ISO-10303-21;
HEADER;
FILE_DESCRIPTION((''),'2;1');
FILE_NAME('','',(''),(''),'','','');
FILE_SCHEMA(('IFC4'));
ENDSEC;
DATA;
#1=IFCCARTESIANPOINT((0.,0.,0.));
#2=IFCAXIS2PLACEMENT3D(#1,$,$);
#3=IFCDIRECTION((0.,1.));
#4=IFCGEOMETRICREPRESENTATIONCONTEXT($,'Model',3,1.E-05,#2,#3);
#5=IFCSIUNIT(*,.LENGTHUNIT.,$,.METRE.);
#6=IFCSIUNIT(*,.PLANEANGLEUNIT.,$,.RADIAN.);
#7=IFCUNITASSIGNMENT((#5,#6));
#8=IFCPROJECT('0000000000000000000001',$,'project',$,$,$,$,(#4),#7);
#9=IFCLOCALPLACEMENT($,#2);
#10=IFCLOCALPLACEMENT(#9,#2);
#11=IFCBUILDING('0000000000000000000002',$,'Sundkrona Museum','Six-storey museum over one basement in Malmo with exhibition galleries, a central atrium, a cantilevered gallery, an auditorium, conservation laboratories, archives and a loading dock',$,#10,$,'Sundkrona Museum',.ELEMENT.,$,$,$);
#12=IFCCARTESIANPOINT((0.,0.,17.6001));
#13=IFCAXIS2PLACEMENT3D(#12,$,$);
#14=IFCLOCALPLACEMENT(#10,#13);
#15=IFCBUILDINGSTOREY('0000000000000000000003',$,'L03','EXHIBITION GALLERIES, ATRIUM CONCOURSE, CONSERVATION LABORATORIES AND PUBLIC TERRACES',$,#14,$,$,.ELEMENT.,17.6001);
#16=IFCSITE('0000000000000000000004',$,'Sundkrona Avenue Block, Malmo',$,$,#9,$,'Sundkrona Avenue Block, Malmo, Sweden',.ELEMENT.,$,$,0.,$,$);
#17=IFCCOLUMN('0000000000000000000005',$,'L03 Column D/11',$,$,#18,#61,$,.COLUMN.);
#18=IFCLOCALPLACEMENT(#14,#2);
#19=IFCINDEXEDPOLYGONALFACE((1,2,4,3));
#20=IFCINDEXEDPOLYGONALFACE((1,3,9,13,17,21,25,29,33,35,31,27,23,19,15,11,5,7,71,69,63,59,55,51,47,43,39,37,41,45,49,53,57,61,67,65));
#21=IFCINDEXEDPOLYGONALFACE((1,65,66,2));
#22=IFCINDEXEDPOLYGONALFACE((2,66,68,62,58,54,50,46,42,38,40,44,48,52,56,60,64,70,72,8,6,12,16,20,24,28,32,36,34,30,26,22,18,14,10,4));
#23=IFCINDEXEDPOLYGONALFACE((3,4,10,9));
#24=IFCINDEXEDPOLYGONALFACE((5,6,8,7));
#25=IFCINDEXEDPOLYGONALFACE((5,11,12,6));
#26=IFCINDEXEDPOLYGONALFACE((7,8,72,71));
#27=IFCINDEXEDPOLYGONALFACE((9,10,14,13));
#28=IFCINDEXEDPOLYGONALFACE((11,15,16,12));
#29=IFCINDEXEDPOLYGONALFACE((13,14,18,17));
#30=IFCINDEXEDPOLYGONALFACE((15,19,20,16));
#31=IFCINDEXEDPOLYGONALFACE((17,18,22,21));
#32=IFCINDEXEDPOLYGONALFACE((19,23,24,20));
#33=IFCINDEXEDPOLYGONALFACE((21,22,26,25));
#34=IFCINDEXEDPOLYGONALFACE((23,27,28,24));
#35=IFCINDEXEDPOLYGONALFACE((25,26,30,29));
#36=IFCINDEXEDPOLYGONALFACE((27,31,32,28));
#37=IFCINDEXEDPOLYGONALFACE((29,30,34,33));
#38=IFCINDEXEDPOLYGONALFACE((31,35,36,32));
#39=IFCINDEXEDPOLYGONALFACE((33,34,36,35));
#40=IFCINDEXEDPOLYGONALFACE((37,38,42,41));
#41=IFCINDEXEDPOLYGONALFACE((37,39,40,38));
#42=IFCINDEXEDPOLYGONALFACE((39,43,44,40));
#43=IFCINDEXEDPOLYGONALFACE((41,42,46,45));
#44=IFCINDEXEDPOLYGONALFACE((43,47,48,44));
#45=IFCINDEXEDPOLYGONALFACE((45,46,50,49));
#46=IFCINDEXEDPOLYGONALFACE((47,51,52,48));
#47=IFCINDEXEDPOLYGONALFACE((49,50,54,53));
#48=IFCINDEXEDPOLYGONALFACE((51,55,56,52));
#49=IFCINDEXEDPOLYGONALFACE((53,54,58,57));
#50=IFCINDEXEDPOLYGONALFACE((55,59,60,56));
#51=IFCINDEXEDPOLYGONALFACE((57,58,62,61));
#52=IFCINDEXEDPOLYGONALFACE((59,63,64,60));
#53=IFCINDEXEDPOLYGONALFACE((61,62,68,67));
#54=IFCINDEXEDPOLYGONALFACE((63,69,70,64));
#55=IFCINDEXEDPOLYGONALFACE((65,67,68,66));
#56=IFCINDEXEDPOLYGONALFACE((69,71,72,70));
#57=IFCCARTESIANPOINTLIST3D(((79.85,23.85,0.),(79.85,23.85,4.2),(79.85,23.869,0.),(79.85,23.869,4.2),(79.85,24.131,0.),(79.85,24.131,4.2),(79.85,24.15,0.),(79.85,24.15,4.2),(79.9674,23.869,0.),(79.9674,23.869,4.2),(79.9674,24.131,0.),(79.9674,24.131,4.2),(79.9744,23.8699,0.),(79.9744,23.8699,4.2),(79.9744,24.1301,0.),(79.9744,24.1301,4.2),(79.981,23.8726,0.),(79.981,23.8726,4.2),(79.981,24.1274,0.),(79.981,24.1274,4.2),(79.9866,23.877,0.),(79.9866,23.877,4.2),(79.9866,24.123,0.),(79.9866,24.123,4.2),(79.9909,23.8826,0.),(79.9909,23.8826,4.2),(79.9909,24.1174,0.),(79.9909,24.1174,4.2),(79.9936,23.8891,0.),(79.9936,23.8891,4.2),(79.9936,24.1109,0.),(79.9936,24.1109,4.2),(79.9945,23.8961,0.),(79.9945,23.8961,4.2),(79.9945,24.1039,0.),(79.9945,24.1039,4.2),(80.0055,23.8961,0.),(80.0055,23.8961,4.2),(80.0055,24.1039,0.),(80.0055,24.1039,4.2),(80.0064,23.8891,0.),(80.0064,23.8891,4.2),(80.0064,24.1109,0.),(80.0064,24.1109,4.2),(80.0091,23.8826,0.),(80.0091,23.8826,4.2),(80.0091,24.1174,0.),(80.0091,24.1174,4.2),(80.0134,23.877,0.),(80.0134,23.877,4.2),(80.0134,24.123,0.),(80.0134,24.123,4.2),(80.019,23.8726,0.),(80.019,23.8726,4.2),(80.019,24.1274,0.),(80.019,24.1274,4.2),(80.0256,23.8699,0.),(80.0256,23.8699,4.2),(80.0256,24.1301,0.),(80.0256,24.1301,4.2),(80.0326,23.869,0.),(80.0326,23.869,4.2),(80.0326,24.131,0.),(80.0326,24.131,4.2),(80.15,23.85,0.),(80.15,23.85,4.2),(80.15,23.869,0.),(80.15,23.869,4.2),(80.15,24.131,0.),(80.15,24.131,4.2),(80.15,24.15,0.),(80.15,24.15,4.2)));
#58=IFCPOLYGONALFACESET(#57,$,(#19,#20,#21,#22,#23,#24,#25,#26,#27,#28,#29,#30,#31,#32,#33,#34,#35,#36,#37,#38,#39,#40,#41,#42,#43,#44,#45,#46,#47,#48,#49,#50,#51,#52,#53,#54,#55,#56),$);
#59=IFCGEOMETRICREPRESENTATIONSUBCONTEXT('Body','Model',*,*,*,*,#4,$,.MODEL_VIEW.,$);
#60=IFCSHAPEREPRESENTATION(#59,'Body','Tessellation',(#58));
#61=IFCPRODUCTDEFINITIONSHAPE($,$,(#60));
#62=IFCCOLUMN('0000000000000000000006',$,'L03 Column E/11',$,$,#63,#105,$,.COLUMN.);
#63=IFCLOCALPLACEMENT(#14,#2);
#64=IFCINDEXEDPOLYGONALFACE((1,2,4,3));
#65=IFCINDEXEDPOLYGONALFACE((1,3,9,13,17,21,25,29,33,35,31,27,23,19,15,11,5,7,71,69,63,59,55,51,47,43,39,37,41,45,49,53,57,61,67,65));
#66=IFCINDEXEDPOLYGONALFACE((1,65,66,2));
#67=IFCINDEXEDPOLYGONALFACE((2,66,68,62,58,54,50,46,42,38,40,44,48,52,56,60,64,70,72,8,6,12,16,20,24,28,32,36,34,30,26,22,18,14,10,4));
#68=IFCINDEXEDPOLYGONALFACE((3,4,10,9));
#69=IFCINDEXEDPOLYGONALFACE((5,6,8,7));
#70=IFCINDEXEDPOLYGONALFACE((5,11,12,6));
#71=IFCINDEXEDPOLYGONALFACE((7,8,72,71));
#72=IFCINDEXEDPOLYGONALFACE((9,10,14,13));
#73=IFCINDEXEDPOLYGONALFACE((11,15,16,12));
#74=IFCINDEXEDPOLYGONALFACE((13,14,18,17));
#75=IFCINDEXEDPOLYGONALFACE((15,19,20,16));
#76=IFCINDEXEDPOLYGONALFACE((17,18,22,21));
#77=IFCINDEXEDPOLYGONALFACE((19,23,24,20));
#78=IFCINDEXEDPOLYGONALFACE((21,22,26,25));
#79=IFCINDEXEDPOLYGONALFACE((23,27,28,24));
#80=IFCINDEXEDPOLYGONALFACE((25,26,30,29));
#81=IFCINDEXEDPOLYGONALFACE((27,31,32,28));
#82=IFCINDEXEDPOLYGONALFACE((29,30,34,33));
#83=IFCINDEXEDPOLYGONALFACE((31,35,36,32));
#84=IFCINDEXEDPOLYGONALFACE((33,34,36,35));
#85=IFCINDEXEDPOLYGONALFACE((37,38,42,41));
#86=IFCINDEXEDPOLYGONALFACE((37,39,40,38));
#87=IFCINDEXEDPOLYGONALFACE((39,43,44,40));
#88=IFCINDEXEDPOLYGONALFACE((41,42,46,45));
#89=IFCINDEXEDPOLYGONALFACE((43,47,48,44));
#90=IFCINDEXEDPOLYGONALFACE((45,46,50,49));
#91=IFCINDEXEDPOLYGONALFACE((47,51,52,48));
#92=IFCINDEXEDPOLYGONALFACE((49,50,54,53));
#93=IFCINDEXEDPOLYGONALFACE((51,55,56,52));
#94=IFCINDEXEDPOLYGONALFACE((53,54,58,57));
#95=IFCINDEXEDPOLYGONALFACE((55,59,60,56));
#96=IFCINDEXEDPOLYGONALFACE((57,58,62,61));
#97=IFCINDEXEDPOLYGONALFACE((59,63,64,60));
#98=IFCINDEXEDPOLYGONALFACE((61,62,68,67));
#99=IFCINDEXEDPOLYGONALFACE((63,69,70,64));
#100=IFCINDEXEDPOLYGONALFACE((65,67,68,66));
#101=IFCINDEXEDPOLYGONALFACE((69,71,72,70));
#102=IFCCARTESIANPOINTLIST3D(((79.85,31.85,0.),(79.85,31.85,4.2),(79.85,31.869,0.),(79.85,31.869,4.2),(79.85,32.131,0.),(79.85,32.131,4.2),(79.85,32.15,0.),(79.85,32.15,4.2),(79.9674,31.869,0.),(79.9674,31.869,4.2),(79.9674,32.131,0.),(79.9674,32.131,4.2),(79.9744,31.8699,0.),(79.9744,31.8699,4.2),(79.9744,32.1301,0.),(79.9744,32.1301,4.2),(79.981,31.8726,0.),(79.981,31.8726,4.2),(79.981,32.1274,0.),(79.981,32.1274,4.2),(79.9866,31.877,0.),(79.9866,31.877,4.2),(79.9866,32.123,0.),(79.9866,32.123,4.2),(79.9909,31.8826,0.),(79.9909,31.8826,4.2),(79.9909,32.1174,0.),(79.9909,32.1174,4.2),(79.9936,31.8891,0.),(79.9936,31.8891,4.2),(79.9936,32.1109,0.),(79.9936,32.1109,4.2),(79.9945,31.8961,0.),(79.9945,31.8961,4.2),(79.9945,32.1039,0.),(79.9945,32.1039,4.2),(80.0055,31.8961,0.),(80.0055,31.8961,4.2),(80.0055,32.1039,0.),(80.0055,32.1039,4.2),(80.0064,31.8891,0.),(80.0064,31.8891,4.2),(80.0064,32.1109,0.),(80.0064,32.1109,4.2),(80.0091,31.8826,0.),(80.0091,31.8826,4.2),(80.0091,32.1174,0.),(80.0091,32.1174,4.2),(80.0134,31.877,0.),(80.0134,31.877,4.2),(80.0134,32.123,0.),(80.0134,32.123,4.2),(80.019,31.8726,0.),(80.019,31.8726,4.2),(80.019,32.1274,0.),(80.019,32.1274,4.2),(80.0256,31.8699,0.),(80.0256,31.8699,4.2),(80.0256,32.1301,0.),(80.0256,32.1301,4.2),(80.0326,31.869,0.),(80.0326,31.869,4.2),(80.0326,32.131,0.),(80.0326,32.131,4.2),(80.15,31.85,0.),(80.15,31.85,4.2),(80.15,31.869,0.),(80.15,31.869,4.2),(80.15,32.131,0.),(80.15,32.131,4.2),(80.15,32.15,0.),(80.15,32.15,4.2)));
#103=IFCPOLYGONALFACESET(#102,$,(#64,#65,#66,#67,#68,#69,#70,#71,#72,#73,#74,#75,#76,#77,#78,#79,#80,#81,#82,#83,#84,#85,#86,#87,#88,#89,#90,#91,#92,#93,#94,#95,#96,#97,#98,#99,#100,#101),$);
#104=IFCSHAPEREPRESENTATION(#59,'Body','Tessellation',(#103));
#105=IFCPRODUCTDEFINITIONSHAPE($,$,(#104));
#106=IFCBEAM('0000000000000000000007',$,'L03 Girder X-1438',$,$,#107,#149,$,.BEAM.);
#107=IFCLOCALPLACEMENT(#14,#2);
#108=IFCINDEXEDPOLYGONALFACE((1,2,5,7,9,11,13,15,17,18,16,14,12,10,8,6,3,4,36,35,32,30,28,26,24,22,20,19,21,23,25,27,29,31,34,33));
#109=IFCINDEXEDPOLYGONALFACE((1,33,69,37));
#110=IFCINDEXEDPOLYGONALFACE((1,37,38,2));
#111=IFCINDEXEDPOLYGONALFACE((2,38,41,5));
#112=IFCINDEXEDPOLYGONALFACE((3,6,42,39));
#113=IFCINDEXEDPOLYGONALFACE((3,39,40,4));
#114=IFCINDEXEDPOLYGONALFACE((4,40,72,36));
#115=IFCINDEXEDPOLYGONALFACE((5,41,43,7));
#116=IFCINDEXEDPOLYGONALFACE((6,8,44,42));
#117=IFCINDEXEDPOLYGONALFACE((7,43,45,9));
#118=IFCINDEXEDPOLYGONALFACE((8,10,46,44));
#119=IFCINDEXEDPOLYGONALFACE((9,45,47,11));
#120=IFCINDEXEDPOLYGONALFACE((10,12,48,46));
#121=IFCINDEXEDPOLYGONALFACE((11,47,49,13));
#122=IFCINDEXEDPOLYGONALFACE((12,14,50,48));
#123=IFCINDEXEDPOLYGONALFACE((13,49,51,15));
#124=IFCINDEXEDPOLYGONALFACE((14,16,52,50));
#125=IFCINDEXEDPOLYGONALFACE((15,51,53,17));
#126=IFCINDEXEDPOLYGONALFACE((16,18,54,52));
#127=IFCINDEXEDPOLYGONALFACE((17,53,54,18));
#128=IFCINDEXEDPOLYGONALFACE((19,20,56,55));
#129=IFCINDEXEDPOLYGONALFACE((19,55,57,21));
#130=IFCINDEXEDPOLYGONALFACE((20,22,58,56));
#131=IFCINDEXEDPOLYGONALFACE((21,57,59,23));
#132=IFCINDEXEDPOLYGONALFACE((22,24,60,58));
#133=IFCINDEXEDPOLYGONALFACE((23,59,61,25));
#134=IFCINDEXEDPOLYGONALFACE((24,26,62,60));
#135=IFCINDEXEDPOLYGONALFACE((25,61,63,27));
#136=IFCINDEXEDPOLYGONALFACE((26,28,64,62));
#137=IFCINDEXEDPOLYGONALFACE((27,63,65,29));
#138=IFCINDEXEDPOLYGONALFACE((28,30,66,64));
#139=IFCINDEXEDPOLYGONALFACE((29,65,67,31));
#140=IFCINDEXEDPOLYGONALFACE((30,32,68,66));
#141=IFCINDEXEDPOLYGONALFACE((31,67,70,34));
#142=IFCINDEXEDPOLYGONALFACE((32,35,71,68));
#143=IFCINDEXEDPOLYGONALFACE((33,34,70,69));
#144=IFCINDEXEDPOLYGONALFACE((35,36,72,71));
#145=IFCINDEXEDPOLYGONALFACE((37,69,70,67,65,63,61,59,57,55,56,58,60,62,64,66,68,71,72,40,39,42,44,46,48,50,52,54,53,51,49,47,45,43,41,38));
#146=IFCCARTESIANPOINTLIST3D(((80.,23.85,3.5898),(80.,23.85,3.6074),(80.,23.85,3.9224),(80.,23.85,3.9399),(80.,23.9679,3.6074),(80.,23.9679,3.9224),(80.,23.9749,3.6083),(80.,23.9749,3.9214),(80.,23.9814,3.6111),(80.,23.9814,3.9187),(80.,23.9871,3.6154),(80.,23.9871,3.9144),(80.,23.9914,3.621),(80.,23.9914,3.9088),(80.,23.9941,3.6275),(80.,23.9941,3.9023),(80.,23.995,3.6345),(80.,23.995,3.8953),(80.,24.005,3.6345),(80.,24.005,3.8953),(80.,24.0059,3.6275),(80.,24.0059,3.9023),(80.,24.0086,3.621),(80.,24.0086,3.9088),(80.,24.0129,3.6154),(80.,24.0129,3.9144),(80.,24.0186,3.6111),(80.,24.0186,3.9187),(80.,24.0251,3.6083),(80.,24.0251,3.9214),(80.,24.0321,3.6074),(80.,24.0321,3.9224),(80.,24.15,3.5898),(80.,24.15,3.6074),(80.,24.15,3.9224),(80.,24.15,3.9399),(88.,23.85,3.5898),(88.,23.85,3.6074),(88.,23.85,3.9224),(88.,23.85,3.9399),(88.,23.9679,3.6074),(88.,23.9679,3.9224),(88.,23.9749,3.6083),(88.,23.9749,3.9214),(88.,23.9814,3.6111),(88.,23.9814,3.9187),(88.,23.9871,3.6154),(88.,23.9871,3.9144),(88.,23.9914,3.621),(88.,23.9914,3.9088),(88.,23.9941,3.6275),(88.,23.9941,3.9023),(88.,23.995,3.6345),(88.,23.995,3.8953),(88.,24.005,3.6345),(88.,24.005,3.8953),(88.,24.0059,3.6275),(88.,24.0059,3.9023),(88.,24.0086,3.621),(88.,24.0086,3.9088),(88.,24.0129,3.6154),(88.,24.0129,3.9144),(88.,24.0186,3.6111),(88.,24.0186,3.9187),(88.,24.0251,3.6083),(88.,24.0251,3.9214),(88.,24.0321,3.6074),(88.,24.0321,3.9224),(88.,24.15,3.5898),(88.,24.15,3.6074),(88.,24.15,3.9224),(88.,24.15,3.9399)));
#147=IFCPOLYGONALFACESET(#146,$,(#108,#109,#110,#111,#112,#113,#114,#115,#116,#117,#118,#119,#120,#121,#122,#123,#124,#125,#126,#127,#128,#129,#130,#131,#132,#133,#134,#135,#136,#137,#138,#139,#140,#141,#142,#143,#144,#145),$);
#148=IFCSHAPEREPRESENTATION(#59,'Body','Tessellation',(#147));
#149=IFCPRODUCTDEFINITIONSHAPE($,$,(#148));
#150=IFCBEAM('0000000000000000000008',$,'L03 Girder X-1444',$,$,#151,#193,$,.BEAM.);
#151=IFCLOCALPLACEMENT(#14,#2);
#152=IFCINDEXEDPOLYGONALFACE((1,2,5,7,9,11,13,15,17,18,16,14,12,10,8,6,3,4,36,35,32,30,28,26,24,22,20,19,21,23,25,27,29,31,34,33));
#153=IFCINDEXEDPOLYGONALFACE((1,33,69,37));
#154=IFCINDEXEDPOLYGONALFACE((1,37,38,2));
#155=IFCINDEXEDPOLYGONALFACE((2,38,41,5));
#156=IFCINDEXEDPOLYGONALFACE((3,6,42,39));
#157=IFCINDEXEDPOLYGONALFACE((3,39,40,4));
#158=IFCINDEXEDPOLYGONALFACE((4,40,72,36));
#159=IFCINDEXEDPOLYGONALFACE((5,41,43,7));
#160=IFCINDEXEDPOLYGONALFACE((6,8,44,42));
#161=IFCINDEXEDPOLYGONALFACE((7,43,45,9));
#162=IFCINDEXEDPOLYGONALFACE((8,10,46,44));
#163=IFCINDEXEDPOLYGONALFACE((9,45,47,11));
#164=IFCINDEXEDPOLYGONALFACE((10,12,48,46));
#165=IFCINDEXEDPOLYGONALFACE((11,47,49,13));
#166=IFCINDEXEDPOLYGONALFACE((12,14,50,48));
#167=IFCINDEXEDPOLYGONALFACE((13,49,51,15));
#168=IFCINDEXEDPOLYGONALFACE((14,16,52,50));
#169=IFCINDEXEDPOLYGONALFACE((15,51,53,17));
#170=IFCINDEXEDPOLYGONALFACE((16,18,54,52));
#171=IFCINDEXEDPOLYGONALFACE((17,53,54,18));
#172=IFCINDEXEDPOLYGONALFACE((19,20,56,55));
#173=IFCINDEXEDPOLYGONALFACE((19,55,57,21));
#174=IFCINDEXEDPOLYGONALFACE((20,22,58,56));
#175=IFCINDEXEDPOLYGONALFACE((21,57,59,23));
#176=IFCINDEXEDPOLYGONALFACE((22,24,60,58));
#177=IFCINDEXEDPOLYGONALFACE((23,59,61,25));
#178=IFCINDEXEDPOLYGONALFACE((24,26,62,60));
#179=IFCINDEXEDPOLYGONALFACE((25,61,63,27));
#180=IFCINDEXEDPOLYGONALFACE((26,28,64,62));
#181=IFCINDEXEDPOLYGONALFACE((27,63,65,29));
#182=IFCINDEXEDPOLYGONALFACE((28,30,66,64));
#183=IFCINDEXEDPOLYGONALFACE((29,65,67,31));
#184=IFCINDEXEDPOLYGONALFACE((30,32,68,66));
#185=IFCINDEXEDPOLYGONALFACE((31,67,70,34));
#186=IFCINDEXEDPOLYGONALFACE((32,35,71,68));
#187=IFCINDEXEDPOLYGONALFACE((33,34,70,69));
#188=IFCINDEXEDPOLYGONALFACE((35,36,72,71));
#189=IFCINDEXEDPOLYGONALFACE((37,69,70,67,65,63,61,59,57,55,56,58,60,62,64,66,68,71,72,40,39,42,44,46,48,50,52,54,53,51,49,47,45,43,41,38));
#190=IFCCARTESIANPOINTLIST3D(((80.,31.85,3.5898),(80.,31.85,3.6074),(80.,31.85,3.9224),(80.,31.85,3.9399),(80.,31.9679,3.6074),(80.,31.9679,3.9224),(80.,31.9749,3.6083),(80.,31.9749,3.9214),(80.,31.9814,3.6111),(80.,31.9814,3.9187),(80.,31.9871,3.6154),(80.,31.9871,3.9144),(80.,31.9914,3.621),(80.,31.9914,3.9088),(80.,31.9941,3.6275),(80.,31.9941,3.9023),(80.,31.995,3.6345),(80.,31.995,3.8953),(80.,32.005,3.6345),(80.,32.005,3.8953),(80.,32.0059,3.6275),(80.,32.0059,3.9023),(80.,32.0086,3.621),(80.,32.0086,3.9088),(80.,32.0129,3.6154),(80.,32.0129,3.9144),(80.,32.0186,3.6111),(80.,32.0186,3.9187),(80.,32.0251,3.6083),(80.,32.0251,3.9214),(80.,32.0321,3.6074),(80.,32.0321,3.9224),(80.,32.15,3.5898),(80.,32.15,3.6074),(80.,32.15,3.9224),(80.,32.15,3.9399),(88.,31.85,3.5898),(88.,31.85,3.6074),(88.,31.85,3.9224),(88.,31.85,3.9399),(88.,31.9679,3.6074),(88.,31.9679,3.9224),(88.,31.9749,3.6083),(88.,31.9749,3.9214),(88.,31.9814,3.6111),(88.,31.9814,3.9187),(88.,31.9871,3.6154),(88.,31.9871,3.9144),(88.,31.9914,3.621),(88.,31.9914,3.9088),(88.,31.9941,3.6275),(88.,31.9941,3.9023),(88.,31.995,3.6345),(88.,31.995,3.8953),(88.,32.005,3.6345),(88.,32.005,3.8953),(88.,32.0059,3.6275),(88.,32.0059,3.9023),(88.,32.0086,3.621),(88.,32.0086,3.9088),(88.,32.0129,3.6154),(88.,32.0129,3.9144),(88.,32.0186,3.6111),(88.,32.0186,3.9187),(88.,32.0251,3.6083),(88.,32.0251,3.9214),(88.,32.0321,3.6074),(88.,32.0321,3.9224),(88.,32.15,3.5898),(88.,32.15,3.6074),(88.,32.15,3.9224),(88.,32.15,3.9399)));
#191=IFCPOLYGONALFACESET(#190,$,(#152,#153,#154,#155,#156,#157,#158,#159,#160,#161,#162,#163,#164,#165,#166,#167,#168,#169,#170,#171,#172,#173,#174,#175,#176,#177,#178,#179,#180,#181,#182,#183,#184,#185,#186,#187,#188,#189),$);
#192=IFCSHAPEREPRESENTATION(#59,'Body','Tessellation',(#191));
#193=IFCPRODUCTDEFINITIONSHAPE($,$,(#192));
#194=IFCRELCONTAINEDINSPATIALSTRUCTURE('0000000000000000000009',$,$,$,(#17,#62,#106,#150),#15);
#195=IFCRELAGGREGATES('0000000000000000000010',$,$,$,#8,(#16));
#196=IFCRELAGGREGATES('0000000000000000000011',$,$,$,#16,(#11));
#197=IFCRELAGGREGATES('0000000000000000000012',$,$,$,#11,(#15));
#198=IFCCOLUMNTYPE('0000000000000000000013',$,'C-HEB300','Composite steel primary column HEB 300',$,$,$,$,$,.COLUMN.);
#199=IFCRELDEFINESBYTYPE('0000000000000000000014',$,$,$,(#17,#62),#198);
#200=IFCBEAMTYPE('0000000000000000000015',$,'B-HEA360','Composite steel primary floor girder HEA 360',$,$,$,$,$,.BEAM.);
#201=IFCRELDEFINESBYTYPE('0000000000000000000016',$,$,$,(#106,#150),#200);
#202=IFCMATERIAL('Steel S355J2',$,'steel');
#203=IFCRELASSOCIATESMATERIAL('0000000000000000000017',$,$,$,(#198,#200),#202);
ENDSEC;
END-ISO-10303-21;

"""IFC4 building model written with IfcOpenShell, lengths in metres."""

from ifc_helpers import new_model, si_unit, direction, frame, origin, origin_2d, place, context, subcontext, project, spatial, i_section, extrude, material, material_profile, profile_set, type_object, element, save


model = new_model("IFC4")

# Units and contexts
model_context = context("Model", 3, precision=1e-05, world=origin(), true_north=direction((0.0, 1.0)))
body_context = subcontext(model_context, "Body", "Model", "MODEL_VIEW")
ifc_project = project(units=[si_unit("LENGTHUNIT", "METRE"), si_unit("PLANEANGLEUNIT", "RADIAN")], contexts=[model_context])

# Site, building, storey
site_placement = place(None, origin())
site = spatial("IfcSite", under=ifc_project, at=site_placement, Name="Sundkrona Avenue Block, Malmo", LongName="Sundkrona Avenue Block, Malmo, Sweden", CompositionType="ELEMENT", RefElevation=0.0)
building_placement = place(site_placement, origin())
building = spatial("IfcBuilding", under=site, at=building_placement, Name="Sundkrona Museum", Description="Six-storey museum over one basement in Malmo with exhibition galleries, a central atrium, a cantilevered gallery, an auditorium, conservation laboratories, archives and a loading dock", LongName="Sundkrona Museum", CompositionType="ELEMENT")
storey_placement = place(building_placement, frame((0.0, 0.0, 17.6001)))
storey = spatial("IfcBuildingStorey", under=building, at=storey_placement, Name="L03", Description="EXHIBITION GALLERIES, ATRIUM CONCOURSE, CONSERVATION LABORATORIES AND PUBLIC TERRACES", CompositionType="ELEMENT", Elevation=17.6001)

# Columns
ifc_material_1 = material(Name="Steel S355J2", Category="steel")
ifc_material_profile_1 = material_profile(ifc_material_1, i_section(OverallWidth=0.3, OverallDepth=0.3, WebThickness=0.011, FlangeThickness=0.019, FilletRadius=0.0271, at=origin_2d()), Name="HEB 300")
ifc_profile_set_1 = profile_set([ifc_material_profile_1], Name="Steel S355J2")
column_type = type_object("IfcColumnType", Name="C-HEB300", Description="Composite steel primary column HEB 300", PredefinedType="COLUMN", material=ifc_profile_set_1)
for number, where, z_axis, x_axis, name in (
    (1, (80.0, 24.0, 0.0), (0.0, 0.0, 1.0), (1.0, 0.0, 0.0), "L03 Column D/11"),
    (2, (80.0, 32.0, 0.0), (0.0, 0.0, 1.0), (1.0, 0.0, 0.0), "L03 Column E/11"),
):
    element("IfcColumn", number, at=place(storey_placement, frame(where, z_axis=z_axis, x_axis=x_axis)), inside=storey, type_object=column_type, Name=name, PredefinedType="COLUMN", context=body_context, shape_type="SweptSolid", body=[
        extrude(i_section(OverallWidth=0.3, OverallDepth=0.3, WebThickness=0.011, FlangeThickness=0.019, FilletRadius=0.0271, at=origin_2d()), origin(), (0.0, 0.0, 1.0), 4.2),
    ])

# Beams
ifc_material_profile_2 = material_profile(ifc_material_1, i_section(OverallWidth=0.3, OverallDepth=0.3501, WebThickness=0.01, FlangeThickness=0.0176, FilletRadius=0.0271, at=origin_2d()), Name="HEA 360")
ifc_profile_set_2 = profile_set([ifc_material_profile_2], Name="Steel S355J2")
beam_type_1 = type_object("IfcBeamType", Name="B-HEA360", Description="Composite steel primary floor girder HEA 360", PredefinedType="BEAM", material=ifc_profile_set_2)
for number, where, z_axis, x_axis, name in (
    (3, (80.0, 24.0, 3.7649), (1.0, 0.0, 0.0), (0.0, 1.0, 0.0), "L03 Girder X-1438"),
    (4, (80.0, 32.0, 3.7649), (1.0, 0.0, 0.0), (0.0, 1.0, 0.0), "L03 Girder X-1444"),
):
    element("IfcBeam", number, at=place(storey_placement, frame(where, z_axis=z_axis, x_axis=x_axis)), inside=storey, type_object=beam_type_1, Name=name, PredefinedType="BEAM", context=body_context, shape_type="SweptSolid", body=[
        extrude(i_section(OverallWidth=0.3, OverallDepth=0.3501, WebThickness=0.01, FlangeThickness=0.0176, FilletRadius=0.0271, at=origin_2d()), origin(), (0.0, 0.0, 1.0), 8.0),
    ])

save(model, "model.ifc")
